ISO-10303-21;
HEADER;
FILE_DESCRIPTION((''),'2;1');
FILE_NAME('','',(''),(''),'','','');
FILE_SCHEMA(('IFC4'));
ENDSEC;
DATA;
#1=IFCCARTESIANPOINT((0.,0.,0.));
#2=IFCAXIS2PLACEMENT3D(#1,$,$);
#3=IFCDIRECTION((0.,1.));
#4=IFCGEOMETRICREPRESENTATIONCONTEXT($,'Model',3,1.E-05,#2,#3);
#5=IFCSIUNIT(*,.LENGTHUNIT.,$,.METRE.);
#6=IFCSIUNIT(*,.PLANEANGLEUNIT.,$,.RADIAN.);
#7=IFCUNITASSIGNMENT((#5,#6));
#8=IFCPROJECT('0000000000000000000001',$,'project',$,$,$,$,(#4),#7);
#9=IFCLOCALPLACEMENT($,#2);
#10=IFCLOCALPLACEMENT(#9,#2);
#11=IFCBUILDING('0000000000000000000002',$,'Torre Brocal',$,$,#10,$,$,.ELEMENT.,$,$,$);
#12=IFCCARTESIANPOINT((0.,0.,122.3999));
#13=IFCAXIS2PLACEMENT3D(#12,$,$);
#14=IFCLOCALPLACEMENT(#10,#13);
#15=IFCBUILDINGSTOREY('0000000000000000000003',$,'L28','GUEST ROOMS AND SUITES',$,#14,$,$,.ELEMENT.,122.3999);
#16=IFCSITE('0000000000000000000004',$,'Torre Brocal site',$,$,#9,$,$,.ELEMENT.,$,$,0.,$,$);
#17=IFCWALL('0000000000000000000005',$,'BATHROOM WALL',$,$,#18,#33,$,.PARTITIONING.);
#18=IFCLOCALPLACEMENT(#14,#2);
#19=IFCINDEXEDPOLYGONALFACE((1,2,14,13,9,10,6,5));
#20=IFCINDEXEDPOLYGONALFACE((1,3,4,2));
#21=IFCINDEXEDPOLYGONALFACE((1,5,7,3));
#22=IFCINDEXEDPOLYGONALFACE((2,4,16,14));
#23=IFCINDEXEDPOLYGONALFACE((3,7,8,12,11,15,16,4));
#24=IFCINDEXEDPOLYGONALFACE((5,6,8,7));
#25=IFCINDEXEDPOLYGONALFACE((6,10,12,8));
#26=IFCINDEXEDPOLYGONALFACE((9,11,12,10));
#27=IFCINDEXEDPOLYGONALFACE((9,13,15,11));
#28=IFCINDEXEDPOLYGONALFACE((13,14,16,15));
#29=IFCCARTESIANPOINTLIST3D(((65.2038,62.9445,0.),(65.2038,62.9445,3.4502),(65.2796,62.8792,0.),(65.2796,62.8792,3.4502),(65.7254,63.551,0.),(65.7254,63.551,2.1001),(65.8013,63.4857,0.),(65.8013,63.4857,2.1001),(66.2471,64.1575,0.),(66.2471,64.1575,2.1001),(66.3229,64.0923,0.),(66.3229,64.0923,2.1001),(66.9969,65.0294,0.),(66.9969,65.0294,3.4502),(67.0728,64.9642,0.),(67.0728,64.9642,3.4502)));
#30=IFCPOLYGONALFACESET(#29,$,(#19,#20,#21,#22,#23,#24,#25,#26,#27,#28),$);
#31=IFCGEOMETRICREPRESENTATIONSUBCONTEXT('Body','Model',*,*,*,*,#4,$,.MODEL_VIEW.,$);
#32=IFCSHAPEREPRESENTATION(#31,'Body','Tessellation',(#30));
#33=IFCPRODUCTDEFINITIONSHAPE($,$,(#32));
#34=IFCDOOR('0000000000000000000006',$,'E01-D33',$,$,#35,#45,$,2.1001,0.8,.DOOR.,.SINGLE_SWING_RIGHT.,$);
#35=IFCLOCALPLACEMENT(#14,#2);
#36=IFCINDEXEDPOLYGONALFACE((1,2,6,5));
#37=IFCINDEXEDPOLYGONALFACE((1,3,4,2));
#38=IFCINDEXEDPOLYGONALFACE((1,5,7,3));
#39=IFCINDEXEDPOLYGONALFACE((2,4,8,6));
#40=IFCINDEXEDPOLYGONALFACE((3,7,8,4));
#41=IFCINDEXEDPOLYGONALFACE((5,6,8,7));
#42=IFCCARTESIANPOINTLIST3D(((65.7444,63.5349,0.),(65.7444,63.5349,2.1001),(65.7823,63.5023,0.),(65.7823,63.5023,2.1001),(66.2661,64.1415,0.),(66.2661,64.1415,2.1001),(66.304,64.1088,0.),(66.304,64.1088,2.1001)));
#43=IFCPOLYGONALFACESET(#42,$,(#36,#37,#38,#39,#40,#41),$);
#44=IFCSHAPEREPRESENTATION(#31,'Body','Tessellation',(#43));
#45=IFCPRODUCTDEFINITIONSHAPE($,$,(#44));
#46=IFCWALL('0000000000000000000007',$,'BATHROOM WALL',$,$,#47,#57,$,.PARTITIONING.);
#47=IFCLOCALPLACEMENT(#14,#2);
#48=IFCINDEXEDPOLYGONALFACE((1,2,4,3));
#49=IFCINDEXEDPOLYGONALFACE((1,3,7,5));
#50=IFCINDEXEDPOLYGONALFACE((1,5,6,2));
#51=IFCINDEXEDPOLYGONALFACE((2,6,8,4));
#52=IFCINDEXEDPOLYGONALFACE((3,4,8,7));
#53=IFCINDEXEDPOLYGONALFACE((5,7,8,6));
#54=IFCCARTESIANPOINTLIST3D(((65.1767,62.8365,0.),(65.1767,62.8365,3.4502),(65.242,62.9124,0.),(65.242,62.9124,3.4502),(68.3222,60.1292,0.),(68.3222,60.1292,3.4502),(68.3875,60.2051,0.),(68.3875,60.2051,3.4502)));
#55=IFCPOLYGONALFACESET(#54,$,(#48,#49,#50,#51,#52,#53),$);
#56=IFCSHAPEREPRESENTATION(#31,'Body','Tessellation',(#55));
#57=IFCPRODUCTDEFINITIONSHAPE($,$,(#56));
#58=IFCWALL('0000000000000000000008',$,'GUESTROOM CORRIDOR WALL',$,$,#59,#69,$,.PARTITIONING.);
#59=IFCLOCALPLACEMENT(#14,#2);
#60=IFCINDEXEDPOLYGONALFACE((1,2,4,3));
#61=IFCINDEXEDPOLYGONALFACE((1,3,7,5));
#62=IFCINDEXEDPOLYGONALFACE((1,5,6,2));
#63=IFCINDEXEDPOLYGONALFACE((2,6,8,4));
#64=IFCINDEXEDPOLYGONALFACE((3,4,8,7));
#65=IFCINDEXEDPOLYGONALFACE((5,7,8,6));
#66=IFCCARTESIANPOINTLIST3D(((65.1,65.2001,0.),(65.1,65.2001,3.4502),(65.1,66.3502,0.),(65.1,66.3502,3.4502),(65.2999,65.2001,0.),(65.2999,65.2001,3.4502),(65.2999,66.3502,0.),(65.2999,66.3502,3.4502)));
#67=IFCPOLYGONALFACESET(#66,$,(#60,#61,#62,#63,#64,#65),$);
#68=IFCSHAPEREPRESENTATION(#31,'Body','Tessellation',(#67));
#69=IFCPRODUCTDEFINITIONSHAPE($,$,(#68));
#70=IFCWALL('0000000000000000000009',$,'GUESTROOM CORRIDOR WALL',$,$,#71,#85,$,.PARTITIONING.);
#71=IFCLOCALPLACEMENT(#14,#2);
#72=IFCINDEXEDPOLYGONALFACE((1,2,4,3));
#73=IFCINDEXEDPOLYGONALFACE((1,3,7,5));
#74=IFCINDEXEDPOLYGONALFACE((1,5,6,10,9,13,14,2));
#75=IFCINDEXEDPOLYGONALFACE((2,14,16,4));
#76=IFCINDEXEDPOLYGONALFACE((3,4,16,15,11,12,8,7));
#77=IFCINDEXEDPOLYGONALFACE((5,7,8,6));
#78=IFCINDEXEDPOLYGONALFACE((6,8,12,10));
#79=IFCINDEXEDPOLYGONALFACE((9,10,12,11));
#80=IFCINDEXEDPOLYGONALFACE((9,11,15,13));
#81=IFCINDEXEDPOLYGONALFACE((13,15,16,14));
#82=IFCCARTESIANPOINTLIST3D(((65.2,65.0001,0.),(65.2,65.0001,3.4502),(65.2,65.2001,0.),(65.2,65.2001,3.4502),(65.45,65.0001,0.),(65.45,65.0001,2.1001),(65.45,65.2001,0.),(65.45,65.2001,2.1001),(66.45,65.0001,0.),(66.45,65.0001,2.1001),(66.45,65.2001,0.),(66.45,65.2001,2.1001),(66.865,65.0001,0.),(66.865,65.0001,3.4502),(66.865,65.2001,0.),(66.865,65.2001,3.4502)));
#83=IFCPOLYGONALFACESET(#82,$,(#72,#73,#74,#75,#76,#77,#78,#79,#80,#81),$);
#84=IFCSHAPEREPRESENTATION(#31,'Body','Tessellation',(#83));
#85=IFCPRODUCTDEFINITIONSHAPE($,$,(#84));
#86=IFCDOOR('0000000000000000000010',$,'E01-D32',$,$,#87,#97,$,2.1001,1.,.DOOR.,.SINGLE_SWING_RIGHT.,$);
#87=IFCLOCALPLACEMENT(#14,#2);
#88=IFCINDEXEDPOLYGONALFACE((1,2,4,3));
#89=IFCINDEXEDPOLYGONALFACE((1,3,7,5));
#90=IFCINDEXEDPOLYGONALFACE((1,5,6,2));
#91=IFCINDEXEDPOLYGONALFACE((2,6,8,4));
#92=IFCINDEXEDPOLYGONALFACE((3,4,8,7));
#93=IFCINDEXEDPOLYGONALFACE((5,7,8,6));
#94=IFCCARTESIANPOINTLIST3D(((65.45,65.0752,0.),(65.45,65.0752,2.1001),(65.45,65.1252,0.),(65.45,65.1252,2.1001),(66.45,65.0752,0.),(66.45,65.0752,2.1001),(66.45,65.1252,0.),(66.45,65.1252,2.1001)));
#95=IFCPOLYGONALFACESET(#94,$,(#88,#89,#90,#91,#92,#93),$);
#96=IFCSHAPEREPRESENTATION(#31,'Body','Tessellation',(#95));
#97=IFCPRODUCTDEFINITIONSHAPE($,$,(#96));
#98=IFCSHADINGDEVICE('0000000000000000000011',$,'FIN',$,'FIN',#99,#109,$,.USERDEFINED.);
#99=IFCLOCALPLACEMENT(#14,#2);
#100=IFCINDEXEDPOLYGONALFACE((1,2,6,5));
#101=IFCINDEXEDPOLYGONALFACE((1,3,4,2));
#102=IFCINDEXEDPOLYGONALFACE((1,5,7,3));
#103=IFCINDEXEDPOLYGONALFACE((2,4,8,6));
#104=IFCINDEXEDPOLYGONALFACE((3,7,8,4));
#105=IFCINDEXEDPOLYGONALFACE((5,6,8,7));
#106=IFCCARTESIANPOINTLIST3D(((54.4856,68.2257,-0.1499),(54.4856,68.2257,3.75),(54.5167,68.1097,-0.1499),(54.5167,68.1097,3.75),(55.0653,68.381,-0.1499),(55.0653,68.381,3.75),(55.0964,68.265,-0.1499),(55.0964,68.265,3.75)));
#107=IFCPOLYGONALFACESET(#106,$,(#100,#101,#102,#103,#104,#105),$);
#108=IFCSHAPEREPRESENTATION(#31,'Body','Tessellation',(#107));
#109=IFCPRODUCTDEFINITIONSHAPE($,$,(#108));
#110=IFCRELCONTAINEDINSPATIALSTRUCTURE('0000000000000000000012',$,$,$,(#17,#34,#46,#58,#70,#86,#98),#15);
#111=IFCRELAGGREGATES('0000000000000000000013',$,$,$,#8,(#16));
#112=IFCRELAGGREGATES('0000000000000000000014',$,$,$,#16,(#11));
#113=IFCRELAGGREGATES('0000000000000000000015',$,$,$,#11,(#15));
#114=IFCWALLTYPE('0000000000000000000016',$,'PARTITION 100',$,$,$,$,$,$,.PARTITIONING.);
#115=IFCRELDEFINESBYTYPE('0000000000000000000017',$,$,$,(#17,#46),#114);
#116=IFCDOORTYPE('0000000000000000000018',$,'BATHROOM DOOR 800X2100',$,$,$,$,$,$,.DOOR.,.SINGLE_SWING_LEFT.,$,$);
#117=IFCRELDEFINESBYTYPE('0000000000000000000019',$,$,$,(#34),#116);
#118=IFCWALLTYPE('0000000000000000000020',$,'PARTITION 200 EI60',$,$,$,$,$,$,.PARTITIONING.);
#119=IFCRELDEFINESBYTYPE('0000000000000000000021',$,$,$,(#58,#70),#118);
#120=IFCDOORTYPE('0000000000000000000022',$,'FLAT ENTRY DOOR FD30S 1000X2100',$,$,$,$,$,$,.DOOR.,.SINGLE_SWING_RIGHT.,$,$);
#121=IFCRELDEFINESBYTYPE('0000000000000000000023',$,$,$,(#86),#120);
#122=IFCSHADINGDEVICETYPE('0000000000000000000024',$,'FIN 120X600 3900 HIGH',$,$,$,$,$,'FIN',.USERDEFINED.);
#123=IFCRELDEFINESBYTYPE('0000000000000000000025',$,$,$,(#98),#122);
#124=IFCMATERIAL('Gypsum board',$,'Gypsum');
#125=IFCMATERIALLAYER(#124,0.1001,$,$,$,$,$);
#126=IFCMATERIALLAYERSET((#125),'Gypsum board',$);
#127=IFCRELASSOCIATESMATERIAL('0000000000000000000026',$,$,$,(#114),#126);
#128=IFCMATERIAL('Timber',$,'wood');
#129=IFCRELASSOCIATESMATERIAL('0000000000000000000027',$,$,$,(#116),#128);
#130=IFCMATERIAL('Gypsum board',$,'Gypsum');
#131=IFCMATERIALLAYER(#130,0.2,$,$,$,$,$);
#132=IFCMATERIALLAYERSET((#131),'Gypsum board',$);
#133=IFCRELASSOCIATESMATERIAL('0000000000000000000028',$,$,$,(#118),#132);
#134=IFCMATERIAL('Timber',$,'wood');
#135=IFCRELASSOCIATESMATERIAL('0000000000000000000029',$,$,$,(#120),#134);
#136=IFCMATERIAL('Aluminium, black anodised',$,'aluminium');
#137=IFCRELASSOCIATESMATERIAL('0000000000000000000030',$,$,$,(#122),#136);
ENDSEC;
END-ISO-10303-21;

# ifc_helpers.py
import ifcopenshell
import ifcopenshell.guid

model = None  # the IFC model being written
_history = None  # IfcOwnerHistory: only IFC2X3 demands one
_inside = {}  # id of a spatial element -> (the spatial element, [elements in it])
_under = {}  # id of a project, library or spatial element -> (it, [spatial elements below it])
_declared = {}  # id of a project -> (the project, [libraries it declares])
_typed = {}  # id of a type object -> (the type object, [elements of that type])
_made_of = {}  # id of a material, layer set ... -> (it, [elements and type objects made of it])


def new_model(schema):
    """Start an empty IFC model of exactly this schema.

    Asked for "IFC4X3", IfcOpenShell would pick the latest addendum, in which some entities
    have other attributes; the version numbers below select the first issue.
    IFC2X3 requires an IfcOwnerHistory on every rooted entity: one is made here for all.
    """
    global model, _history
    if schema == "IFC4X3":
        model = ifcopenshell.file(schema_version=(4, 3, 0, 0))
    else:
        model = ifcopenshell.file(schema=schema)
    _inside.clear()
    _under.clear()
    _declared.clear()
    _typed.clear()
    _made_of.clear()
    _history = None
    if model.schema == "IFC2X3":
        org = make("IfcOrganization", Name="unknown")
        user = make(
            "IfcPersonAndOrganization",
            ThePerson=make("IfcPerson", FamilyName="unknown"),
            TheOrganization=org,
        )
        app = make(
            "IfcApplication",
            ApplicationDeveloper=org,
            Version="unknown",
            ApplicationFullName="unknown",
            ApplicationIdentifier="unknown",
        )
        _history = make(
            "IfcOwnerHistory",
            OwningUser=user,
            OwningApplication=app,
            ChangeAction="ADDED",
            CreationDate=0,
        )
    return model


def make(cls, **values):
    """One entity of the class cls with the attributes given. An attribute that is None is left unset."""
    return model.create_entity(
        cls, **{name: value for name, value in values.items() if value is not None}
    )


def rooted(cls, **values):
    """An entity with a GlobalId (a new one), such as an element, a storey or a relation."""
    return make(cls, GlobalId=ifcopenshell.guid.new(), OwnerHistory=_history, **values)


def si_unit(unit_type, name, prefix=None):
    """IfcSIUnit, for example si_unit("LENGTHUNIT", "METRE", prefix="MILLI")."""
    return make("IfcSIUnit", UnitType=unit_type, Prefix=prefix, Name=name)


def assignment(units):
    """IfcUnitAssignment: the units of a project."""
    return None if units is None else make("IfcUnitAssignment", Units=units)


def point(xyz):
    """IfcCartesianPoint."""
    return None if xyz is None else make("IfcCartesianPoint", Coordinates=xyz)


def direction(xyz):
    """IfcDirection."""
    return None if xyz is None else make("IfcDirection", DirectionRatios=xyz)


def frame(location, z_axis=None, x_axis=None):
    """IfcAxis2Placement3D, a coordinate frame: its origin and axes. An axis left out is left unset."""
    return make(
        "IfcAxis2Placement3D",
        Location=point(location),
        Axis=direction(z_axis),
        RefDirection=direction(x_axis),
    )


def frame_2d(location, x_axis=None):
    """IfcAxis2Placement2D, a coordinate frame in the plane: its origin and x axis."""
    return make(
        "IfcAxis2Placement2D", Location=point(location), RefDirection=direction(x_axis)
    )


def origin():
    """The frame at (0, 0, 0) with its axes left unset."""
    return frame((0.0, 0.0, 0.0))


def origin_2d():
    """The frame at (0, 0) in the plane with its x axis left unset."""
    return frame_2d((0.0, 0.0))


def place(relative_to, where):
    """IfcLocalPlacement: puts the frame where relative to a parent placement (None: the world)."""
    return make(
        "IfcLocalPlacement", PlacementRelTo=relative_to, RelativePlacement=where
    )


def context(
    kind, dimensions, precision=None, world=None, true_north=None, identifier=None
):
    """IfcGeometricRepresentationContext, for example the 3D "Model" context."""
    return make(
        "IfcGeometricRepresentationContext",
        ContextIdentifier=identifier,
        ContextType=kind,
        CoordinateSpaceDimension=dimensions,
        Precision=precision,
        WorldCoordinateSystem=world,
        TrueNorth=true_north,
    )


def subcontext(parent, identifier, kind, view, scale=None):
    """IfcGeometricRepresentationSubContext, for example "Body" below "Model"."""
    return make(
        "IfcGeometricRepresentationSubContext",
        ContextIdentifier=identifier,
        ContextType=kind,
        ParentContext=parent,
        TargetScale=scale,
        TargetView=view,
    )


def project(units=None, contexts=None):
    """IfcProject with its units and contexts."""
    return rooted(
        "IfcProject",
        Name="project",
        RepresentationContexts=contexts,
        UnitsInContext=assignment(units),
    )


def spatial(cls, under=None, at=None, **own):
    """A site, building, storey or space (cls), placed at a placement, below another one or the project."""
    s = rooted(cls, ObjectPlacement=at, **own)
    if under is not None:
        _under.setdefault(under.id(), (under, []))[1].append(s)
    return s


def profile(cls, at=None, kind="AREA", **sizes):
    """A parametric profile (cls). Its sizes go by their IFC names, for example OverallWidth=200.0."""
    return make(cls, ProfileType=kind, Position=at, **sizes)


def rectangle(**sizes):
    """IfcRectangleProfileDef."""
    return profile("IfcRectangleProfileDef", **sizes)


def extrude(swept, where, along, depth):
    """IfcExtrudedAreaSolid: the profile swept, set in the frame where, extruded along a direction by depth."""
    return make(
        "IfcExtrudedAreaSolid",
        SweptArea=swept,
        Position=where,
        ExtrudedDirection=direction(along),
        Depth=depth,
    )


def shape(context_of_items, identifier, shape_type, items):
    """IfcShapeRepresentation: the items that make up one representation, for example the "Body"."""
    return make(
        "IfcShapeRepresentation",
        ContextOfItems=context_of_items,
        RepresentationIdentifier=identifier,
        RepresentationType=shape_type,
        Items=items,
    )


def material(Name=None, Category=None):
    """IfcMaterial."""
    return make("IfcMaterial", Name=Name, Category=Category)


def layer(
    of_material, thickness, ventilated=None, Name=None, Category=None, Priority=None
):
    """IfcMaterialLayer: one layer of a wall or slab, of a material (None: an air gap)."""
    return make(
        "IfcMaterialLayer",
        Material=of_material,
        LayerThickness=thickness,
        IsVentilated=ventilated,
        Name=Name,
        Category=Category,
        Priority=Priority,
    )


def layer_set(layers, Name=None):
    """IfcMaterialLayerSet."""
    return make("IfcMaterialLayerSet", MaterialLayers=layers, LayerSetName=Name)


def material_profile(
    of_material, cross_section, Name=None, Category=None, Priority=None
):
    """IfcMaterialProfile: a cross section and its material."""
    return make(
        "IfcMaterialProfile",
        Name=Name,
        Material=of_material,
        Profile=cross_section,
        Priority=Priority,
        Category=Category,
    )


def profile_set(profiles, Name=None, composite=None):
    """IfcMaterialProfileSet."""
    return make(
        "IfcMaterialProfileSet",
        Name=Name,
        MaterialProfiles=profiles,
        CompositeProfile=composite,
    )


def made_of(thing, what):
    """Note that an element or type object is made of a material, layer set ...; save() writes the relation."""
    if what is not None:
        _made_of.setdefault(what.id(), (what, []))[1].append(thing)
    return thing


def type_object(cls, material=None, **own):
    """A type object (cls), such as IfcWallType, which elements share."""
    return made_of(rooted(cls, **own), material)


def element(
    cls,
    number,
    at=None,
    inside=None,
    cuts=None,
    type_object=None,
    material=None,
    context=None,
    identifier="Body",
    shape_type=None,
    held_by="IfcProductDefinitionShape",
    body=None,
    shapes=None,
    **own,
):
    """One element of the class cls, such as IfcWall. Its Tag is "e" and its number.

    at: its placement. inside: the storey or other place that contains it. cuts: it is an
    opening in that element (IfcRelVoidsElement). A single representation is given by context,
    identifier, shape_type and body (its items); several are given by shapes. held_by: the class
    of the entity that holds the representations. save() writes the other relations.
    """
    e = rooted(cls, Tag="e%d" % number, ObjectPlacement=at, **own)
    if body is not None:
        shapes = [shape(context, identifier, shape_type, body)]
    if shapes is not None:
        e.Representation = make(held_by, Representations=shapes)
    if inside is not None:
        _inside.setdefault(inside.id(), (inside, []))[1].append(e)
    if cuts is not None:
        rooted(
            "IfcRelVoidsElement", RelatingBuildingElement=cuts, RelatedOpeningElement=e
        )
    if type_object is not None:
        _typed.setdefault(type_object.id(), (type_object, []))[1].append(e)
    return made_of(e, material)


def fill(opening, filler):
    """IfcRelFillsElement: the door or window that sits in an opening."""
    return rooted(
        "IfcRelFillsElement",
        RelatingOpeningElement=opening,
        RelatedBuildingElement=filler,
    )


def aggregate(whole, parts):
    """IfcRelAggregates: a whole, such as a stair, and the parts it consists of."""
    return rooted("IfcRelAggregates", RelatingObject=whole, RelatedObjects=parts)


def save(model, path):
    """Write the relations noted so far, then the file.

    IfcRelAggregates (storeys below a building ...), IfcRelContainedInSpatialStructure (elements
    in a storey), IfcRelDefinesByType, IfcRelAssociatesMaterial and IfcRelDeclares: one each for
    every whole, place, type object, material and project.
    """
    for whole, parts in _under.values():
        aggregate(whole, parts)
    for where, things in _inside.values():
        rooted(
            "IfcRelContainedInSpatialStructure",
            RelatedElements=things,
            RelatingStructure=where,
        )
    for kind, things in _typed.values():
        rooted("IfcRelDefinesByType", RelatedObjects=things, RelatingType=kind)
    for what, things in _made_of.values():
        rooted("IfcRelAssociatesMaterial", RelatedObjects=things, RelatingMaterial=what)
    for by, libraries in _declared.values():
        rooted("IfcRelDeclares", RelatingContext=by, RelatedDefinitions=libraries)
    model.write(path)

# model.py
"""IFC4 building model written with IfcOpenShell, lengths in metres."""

from ifc_helpers import new_model, si_unit, direction, frame, frame_2d, origin, origin_2d, place, context, subcontext, project, spatial, rectangle, extrude, material, layer, layer_set, material_profile, profile_set, type_object, element, fill, save


model = new_model("IFC4")

# Units and contexts
model_context = context("Model", 3, precision=1e-05, world=origin(), true_north=direction((0.0, 1.0)))
body_context = subcontext(model_context, "Body", "Model", "MODEL_VIEW")
ifc_project = project(units=[si_unit("LENGTHUNIT", "METRE"), si_unit("PLANEANGLEUNIT", "RADIAN")], contexts=[model_context])

# Site, building, storey
site_placement = place(None, origin())
site = spatial("IfcSite", under=ifc_project, at=site_placement, Name="Torre Brocal site", CompositionType="ELEMENT", RefElevation=0.0)
building_placement = place(site_placement, origin())
building = spatial("IfcBuilding", under=site, at=building_placement, Name="Torre Brocal", CompositionType="ELEMENT")
storey_placement = place(building_placement, frame((0.0, 0.0, 122.3999)))
storey = spatial("IfcBuildingStorey", under=building, at=storey_placement, Name="L28", Description="GUEST ROOMS AND SUITES", CompositionType="ELEMENT", Elevation=122.3999)

# Wall, opening, door
ifc_material_1 = material(Name="Gypsum board", Category="Gypsum")
ifc_layer_1 = layer(ifc_material_1, 0.1001)
ifc_layer_set_1 = layer_set([ifc_layer_1], Name="Gypsum board")
wall_type_1 = type_object("IfcWallType", Name="PARTITION 100", PredefinedType="PARTITIONING", material=ifc_layer_set_1)
wall_1_placement = place(storey_placement, frame((65.2417, 62.9119, 0.0), z_axis=(0.0, 0.0, 1.0), x_axis=(0.65207, 0.758159, 0.0)))
wall_1 = element("IfcWall", 1, at=wall_1_placement, inside=storey, type_object=wall_type_1, Name="BATHROOM WALL", PredefinedType="PARTITIONING", context=body_context, shape_type="SweptSolid", body=[
    extrude(rectangle(XDim=2.75, YDim=0.1001, at=frame_2d((1.375, 0.0))), origin(), (0.0, 0.0, 1.0), 3.4502),
])
opening_1_placement = place(wall_1_placement, frame((0.8, 0.0, 0.0)))
opening_1 = element("IfcOpeningElement", 2, at=opening_1_placement, cuts=wall_1, PredefinedType="OPENING", context=body_context, shape_type="SweptSolid", body=[
    extrude(rectangle(XDim=0.8, YDim=2.1001, at=frame_2d((0.3999, 1.05))), frame((0.0, 0.0601, 0.0), z_axis=(0.0, -1.0, 0.0), x_axis=(1.0, 0.0, 0.0)), (0.0, 0.0, 1.0), 0.1201),
])
ifc_material_2 = material(Name="Timber", Category="wood")
door_type_1 = type_object("IfcDoorType", Name="BATHROOM DOOR 800X2100", OperationType="SINGLE_SWING_LEFT", PredefinedType="DOOR", material=ifc_material_2)
door_1_placement = place(opening_1_placement, frame((0.8, 0.0, 0.0), z_axis=(0.0, 0.0, 1.0), x_axis=(-1.0, 0.0, 0.0)))
door_1 = element("IfcDoor", 3, at=door_1_placement, inside=storey, type_object=door_type_1, Name="E01-D33", OperationType="SINGLE_SWING_RIGHT", OverallHeight=2.1001, OverallWidth=0.8, PredefinedType="DOOR", context=body_context, shape_type="SweptSolid", body=[
    extrude(rectangle(XDim=0.8, YDim=2.1001, at=frame_2d((0.3999, 1.05))), frame((0.0, 0.0249, 0.0), z_axis=(0.0, -1.0, 0.0), x_axis=(1.0, 0.0, 0.0)), (0.0, 0.0, 1.0), 0.05),
])
fill(opening_1, door_1)

# Walls
wall_2_placement = place(storey_placement, frame((65.2092, 62.8745, 0.0), z_axis=(0.0, 0.0, 1.0), x_axis=(0.75793, -0.652335, 0.0)))
element("IfcWall", 4, at=wall_2_placement, inside=storey, type_object=wall_type_1, Name="BATHROOM WALL", PredefinedType="PARTITIONING", context=body_context, shape_type="SweptSolid", body=[
    extrude(rectangle(XDim=4.1501, YDim=0.1001, at=frame_2d((2.0752, 0.0))), origin(), (0.0, 0.0, 1.0), 3.4502),
])
ifc_material_3 = material(Name="Gypsum board", Category="Gypsum")
ifc_layer_2 = layer(ifc_material_3, 0.2)
ifc_layer_set_2 = layer_set([ifc_layer_2], Name="Gypsum board")
wall_type_2 = type_object("IfcWallType", Name="PARTITION 200 EI60", PredefinedType="PARTITIONING", material=ifc_layer_set_2)
wall_3_placement = place(storey_placement, frame((65.2, 65.2, 0.0), z_axis=(0.0, 0.0, 1.0), x_axis=(0.0, 1.0, 0.0)))
element("IfcWall", 5, at=wall_3_placement, inside=storey, type_object=wall_type_2, Name="GUESTROOM CORRIDOR WALL", PredefinedType="PARTITIONING", context=body_context, shape_type="SweptSolid", body=[
    extrude(rectangle(XDim=1.1501, YDim=0.2, at=frame_2d((0.5752, 0.0))), origin(), (0.0, 0.0, 1.0), 3.4502),
])

# Wall, opening, door
wall_4_placement = place(storey_placement, frame((65.2, 65.1001, 0.0), z_axis=(0.0, 0.0, 1.0), x_axis=(1.0, 0.0, 0.0)))
wall_4 = element("IfcWall", 6, at=wall_4_placement, inside=storey, type_object=wall_type_2, Name="GUESTROOM CORRIDOR WALL", PredefinedType="PARTITIONING", context=body_context, shape_type="SweptSolid", body=[
    extrude(rectangle(XDim=1.665, YDim=0.2, at=frame_2d((0.8325, 0.0))), origin(), (0.0, 0.0, 1.0), 3.4502),
])
opening_2_placement = place(wall_4_placement, frame((0.25, 0.0, 0.0)))
opening_2 = element("IfcOpeningElement", 7, at=opening_2_placement, cuts=wall_4, PredefinedType="OPENING", context=body_context, shape_type="SweptSolid", body=[
    extrude(rectangle(XDim=1.0, YDim=2.1001, at=frame_2d((0.5, 1.05))), frame((0.0, 0.1099, 0.0), z_axis=(0.0, -1.0, 0.0), x_axis=(1.0, 0.0, 0.0)), (0.0, 0.0, 1.0), 0.22),
])
ifc_material_4 = material(Name="Timber", Category="wood")
door_type_2 = type_object("IfcDoorType", Name="FLAT ENTRY DOOR FD30S 1000X2100", OperationType="SINGLE_SWING_RIGHT", PredefinedType="DOOR", material=ifc_material_4)
door_2_placement = place(opening_2_placement, frame((1.0, 0.0, 0.0), z_axis=(0.0, 0.0, 1.0), x_axis=(-1.0, 0.0, 0.0)))
door_2 = element("IfcDoor", 8, at=door_2_placement, inside=storey, type_object=door_type_2, Name="E01-D32", OperationType="SINGLE_SWING_RIGHT", OverallHeight=2.1001, OverallWidth=1.0, PredefinedType="DOOR", context=body_context, shape_type="SweptSolid", body=[
    extrude(rectangle(XDim=1.0, YDim=2.1001, at=frame_2d((0.5, 1.05))), frame((0.0, 0.0249, 0.0), z_axis=(0.0, -1.0, 0.0), x_axis=(1.0, 0.0, 0.0)), (0.0, 0.0, 1.0), 0.05),
])
fill(opening_2, door_2)

# Shading device
ifc_material_5 = material(Name="Aluminium, black anodised", Category="aluminium")
ifc_material_profile_1 = material_profile(ifc_material_5, rectangle(XDim=0.1201, YDim=0.6001, at=origin_2d()), Name="FIN 120X600 3900 HIGH")
ifc_profile_set_1 = profile_set([ifc_material_profile_1], Name="Aluminium, black anodised")
shading_device_type = type_object("IfcShadingDeviceType", Name="FIN 120X600 3900 HIGH", ElementType="FIN", PredefinedType="USERDEFINED", material=ifc_profile_set_1)
shading_device_placement = place(storey_placement, frame((54.791, 68.2454, -0.1499), z_axis=(0.0, 0.0, 1.0), x_axis=(0.258819, -0.965926, 0.0)))
element("IfcShadingDevice", 9, at=shading_device_placement, inside=storey, type_object=shading_device_type, Name="FIN", ObjectType="FIN", PredefinedType="USERDEFINED", context=body_context, shape_type="SweptSolid", body=[
    extrude(rectangle(XDim=0.1201, YDim=0.6001, at=origin_2d()), origin(), (0.0, 0.0, 1.0), 3.8999),
])

save(model, "model.ifc")
